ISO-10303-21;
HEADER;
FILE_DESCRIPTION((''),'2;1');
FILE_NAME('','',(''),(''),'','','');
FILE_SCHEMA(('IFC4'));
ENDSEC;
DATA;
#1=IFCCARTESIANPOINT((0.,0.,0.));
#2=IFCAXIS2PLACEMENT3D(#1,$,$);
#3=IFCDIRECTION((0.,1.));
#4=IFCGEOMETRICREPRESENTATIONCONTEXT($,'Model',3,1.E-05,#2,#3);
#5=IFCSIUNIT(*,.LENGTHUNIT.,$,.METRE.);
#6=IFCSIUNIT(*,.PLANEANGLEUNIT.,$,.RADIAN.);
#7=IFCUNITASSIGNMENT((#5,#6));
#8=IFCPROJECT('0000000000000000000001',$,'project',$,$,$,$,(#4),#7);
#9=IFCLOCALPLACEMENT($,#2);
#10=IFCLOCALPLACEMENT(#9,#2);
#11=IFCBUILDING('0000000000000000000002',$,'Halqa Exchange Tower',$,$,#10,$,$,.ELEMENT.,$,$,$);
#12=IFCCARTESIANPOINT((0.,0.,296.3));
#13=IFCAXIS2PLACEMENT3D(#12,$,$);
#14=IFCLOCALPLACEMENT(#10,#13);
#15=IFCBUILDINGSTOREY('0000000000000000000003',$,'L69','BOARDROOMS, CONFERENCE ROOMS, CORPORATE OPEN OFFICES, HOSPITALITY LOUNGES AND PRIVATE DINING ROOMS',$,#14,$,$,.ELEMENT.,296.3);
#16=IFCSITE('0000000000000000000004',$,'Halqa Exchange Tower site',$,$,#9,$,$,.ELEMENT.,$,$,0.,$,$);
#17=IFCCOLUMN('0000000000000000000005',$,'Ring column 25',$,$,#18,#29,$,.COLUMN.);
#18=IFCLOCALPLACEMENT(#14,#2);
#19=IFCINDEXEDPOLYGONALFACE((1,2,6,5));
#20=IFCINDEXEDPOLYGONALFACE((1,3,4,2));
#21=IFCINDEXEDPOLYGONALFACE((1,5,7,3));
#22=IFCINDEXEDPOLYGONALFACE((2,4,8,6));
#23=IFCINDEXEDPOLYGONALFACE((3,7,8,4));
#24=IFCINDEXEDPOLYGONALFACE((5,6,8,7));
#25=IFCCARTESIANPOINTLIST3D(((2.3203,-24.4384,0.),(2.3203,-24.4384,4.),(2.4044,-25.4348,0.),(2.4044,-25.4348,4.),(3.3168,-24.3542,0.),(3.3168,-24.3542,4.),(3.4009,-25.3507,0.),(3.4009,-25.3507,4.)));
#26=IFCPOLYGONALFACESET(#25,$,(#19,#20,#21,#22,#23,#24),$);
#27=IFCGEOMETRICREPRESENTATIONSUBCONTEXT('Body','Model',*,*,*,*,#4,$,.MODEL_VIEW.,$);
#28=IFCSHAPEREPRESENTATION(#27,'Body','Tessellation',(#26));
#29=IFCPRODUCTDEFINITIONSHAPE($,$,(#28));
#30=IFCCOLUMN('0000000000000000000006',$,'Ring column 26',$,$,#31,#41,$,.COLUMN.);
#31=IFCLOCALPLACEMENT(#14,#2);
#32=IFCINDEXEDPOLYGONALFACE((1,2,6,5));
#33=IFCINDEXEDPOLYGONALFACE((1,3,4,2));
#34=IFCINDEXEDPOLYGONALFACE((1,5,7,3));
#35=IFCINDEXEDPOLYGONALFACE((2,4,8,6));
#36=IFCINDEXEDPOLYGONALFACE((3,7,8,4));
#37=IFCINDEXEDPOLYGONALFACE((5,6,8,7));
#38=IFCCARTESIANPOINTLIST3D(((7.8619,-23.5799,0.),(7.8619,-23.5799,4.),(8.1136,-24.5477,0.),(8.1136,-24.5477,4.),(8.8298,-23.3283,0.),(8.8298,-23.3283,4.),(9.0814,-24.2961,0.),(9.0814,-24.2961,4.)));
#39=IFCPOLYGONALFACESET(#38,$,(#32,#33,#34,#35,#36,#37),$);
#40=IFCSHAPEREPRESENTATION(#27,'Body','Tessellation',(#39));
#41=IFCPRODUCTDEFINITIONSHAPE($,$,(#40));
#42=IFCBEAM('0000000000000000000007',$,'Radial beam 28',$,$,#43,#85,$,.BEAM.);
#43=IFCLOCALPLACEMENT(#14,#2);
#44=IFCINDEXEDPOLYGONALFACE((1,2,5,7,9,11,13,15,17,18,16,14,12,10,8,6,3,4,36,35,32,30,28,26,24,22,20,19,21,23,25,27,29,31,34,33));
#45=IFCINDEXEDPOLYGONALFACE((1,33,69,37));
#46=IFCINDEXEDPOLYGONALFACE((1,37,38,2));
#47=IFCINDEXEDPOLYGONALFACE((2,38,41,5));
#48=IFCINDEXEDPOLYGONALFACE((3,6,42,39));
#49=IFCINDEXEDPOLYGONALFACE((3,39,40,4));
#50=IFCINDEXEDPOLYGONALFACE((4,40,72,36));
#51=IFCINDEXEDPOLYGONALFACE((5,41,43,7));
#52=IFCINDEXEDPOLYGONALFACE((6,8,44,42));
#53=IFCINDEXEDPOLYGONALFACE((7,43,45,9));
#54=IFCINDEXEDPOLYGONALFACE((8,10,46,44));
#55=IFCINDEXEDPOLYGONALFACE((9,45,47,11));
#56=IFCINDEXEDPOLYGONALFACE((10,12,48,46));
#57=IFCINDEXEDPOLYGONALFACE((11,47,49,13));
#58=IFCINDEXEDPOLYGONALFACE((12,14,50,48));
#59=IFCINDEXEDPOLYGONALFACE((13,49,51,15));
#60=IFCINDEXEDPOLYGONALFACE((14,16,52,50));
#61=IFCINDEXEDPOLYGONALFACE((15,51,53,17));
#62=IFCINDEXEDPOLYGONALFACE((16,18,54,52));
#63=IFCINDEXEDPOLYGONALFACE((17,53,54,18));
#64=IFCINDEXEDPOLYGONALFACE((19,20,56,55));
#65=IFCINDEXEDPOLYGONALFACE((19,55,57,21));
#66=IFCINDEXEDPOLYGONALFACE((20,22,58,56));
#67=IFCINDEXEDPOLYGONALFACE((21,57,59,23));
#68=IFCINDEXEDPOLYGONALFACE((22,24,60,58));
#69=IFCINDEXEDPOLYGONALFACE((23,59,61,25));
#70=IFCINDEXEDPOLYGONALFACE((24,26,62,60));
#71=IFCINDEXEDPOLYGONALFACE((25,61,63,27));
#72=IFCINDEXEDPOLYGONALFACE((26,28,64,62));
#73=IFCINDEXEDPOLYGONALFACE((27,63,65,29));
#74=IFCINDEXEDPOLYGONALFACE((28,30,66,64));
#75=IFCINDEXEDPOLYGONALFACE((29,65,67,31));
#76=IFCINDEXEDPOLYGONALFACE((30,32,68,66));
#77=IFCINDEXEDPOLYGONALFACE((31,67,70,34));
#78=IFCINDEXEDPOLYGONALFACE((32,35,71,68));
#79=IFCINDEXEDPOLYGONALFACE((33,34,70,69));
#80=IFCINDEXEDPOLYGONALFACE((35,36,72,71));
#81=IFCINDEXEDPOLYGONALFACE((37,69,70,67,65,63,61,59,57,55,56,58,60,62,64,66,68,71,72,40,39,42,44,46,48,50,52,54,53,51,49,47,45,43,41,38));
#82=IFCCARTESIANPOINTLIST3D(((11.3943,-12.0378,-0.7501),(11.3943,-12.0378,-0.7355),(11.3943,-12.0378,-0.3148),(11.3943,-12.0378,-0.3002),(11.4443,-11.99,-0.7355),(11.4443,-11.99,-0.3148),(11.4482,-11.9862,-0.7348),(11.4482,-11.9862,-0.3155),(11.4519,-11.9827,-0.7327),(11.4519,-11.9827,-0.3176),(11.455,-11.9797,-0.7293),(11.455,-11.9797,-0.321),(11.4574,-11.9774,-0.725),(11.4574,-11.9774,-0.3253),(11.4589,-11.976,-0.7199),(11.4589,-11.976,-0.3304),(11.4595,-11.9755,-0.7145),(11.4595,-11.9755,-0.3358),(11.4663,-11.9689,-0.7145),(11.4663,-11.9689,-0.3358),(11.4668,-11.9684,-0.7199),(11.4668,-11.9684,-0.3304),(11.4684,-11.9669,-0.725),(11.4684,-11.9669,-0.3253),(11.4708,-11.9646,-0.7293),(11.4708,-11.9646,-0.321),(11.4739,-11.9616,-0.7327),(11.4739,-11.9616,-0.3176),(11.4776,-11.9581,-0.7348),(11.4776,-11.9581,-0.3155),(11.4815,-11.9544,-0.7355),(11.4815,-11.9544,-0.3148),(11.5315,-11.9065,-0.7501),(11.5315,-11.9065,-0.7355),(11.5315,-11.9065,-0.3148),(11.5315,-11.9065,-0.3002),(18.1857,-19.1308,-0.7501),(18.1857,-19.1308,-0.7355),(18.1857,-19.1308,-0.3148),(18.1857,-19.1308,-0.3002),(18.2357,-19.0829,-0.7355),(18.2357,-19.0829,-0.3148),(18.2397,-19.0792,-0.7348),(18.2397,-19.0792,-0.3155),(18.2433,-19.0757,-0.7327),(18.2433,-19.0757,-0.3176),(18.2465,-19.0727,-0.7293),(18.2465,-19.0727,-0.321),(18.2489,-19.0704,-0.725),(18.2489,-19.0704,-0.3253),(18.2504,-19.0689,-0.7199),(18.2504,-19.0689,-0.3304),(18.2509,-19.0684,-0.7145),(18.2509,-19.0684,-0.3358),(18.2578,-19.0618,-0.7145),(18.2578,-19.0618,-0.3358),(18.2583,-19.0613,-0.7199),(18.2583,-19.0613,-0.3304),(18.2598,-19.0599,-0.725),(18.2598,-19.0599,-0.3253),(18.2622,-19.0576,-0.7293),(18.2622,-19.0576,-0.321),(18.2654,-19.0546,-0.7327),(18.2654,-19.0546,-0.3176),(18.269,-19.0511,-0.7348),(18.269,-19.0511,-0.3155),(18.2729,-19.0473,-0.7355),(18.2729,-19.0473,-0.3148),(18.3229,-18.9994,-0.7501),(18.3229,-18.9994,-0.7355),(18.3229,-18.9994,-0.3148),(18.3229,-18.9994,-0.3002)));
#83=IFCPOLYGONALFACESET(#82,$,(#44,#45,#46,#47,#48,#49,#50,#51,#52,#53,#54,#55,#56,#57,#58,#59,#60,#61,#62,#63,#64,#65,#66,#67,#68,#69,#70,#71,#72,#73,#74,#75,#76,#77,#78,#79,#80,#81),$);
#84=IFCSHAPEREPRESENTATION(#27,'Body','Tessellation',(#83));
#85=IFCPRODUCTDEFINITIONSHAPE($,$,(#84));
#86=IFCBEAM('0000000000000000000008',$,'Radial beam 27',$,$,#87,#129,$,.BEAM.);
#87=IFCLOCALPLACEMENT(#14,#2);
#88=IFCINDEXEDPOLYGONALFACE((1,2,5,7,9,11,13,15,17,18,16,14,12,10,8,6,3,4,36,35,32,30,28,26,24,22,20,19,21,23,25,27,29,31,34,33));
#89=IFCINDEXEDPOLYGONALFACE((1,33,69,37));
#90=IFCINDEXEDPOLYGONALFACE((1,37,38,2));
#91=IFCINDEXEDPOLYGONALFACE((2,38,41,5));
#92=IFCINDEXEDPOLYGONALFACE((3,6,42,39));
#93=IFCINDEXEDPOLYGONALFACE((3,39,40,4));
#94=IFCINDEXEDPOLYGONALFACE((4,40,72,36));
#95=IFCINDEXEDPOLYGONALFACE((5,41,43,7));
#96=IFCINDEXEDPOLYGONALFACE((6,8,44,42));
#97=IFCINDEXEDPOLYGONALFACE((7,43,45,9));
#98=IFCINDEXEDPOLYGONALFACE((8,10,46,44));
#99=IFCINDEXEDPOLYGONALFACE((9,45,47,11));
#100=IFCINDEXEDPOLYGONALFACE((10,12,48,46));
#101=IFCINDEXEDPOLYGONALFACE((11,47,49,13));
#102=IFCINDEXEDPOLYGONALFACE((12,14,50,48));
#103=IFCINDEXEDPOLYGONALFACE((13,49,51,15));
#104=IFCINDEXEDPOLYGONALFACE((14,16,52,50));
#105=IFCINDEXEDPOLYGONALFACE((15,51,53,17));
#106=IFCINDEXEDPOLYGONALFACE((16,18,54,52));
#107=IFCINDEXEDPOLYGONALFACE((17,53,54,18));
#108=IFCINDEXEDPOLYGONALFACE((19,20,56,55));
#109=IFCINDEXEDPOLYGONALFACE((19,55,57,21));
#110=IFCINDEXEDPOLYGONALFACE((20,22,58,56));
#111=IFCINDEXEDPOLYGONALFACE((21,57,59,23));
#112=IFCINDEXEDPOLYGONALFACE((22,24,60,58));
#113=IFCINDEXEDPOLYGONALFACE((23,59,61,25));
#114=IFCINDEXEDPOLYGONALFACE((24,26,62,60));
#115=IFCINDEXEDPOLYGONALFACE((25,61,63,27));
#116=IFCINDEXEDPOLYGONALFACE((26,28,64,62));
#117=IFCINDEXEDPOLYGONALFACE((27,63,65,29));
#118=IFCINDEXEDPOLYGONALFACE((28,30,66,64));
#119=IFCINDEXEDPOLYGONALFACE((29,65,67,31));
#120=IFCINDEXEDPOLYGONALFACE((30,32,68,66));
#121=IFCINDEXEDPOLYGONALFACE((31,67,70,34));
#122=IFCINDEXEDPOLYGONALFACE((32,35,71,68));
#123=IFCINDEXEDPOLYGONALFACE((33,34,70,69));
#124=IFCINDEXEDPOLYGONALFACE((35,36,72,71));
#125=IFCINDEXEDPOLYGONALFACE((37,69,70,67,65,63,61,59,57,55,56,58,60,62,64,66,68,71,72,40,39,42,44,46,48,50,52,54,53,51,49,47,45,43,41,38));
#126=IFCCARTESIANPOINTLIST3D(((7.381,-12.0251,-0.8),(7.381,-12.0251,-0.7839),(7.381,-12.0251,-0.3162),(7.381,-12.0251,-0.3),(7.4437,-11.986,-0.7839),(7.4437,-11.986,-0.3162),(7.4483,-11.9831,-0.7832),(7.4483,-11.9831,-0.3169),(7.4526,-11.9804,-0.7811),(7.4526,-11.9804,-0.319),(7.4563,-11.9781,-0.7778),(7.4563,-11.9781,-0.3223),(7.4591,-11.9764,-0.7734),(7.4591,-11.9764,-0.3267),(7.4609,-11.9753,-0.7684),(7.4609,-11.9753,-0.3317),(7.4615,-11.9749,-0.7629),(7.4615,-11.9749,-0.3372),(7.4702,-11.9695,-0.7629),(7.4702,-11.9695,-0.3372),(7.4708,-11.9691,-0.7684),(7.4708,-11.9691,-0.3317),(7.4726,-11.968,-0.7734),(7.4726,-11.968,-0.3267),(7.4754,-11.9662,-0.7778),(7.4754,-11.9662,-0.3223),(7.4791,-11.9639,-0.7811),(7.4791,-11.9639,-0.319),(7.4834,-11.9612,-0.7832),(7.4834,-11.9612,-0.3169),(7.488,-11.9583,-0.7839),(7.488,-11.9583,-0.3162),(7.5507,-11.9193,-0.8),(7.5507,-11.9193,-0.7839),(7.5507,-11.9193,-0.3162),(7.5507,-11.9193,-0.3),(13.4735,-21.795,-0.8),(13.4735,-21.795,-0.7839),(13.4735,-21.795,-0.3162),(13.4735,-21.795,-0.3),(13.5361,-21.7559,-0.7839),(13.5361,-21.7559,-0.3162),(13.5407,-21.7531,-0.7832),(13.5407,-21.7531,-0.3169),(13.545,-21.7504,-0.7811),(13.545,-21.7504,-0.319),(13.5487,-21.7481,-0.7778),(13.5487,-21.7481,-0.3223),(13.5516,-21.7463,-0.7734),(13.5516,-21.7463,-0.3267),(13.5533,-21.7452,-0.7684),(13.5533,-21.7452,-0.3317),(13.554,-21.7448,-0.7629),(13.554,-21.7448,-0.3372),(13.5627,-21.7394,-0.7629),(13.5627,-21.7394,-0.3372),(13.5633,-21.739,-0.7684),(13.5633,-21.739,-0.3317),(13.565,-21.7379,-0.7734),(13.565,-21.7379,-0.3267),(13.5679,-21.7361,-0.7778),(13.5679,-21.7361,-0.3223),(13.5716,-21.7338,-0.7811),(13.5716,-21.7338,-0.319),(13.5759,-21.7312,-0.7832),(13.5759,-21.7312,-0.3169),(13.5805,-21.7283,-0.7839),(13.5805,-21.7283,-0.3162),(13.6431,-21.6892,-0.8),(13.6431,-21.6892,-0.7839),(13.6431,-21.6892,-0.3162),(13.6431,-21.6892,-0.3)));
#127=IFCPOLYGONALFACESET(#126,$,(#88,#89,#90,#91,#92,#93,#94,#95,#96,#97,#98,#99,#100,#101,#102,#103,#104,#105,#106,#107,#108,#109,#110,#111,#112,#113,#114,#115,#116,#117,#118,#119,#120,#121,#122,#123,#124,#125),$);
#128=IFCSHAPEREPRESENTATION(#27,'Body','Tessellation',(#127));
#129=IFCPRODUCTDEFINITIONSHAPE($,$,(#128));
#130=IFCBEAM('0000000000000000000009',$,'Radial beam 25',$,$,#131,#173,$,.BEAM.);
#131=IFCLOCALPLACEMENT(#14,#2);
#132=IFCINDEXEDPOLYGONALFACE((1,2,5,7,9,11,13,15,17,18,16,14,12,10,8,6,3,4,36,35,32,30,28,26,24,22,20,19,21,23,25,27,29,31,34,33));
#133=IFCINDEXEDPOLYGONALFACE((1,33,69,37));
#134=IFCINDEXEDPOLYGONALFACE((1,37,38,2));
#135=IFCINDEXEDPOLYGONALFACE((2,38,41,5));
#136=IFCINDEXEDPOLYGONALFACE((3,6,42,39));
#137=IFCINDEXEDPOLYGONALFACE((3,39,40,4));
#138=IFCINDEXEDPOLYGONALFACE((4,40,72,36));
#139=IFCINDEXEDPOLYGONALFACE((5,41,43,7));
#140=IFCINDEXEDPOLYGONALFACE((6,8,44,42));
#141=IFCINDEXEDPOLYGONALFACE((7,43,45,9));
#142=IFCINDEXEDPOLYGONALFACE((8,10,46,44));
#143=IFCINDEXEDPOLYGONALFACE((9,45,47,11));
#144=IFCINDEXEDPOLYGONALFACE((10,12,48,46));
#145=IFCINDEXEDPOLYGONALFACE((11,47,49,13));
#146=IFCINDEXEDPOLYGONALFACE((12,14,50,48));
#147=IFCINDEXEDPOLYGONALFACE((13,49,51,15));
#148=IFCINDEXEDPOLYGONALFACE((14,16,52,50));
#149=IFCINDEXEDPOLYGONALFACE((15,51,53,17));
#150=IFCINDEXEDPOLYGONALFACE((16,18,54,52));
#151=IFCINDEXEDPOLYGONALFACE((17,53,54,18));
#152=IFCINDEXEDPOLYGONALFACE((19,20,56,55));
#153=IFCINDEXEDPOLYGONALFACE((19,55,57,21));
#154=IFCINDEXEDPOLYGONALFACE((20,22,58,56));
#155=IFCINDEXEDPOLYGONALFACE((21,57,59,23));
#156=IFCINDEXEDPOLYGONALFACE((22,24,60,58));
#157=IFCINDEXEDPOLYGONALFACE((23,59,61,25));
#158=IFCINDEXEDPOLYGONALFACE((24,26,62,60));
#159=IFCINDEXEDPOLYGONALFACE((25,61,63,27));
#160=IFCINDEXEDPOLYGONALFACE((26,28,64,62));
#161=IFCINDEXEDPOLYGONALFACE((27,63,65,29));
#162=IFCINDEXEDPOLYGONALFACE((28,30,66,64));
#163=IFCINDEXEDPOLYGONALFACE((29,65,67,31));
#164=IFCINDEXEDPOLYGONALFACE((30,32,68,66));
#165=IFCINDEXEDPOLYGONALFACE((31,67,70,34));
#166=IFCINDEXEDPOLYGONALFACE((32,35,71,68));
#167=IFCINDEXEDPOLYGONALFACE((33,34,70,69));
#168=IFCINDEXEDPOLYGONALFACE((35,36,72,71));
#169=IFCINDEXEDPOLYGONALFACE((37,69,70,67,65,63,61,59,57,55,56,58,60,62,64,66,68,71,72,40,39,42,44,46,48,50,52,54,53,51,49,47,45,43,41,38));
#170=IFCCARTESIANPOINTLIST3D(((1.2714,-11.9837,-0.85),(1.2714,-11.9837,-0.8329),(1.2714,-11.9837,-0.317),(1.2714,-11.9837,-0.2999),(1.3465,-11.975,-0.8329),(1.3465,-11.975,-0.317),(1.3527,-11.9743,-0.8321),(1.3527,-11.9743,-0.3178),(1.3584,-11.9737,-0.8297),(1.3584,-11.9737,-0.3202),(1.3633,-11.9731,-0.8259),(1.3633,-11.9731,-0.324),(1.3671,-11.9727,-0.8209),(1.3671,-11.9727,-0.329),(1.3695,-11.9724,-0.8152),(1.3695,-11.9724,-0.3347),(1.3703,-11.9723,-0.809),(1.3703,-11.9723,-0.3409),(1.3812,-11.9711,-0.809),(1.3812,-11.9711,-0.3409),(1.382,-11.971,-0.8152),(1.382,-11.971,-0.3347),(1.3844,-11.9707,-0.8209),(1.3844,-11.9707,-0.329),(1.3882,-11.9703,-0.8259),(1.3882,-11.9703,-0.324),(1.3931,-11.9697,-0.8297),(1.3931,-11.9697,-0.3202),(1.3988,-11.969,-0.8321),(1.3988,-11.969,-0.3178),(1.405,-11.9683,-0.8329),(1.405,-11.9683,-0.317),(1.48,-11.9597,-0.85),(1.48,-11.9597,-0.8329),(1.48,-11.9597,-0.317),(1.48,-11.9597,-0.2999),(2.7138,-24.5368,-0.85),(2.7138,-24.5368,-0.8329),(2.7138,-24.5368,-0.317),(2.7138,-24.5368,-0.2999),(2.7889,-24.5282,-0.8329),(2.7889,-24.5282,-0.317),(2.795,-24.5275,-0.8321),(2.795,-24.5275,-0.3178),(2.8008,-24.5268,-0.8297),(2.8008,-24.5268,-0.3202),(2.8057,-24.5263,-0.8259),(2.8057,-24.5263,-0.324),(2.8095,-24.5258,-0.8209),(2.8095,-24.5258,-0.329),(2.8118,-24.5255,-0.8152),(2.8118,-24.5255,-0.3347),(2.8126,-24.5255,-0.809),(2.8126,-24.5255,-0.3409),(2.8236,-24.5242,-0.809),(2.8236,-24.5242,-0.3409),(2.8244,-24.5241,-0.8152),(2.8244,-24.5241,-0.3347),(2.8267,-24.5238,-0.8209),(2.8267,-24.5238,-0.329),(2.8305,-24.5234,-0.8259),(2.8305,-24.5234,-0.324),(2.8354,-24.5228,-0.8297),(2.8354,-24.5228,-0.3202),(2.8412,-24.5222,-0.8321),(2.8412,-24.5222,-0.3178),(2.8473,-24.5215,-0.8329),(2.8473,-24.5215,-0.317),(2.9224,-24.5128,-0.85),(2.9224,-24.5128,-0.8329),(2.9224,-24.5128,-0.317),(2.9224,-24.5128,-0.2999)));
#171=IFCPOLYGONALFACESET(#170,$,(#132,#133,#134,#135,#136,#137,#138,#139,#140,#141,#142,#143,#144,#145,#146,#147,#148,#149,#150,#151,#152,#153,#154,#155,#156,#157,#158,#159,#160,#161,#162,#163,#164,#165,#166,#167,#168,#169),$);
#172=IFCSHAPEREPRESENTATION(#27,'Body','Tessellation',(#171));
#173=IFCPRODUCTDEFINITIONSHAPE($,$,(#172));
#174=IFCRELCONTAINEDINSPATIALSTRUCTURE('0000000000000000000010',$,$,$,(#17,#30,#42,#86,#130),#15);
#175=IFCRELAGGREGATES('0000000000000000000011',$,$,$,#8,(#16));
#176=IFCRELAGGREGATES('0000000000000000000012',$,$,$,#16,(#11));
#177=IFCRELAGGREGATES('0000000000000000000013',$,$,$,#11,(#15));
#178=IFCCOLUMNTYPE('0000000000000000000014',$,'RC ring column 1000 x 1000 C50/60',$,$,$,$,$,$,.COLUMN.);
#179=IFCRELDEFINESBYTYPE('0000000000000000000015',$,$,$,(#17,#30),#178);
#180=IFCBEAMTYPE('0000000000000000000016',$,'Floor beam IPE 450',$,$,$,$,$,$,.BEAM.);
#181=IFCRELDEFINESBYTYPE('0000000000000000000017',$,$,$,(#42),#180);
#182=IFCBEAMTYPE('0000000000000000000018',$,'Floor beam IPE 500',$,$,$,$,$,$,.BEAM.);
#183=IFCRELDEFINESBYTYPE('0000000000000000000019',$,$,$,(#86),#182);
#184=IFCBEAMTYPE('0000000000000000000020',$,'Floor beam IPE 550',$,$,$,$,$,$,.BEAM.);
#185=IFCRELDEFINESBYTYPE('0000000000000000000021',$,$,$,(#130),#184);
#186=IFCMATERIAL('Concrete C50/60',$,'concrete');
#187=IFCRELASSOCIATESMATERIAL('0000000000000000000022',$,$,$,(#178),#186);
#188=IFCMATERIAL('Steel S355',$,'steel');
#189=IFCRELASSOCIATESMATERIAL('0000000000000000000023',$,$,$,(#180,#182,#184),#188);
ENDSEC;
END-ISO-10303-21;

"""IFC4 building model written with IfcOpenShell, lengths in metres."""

from ifc_helpers import new_model, si_unit, direction, frame, origin, origin_2d, place, context, subcontext, project, spatial, rectangle, i_section, extrude, material, material_profile, profile_set, type_object, element, save


model = new_model("IFC4")

# Units and contexts
model_context = context("Model", 3, precision=1e-05, world=origin(), true_north=direction((0.0, 1.0)))
body_context = subcontext(model_context, "Body", "Model", "MODEL_VIEW")
ifc_project = project(units=[si_unit("LENGTHUNIT", "METRE"), si_unit("PLANEANGLEUNIT", "RADIAN")], contexts=[model_context])

# Site, building, storey
site_placement = place(None, origin())
site = spatial("IfcSite", under=ifc_project, at=site_placement, Name="Halqa Exchange Tower site", CompositionType="ELEMENT", RefElevation=0.0)
building_placement = place(site_placement, origin())
building = spatial("IfcBuilding", under=site, at=building_placement, Name="Halqa Exchange Tower", CompositionType="ELEMENT")
storey_placement = place(building_placement, frame((0.0, 0.0, 296.3)))
storey = spatial("IfcBuildingStorey", under=building, at=storey_placement, Name="L69", Description="BOARDROOMS, CONFERENCE ROOMS, CORPORATE OPEN OFFICES, HOSPITALITY LOUNGES AND PRIVATE DINING ROOMS", CompositionType="ELEMENT", Elevation=296.3)

# Columns
ifc_material_1 = material(Name="Concrete C50/60", Category="concrete")
ifc_material_profile_1 = material_profile(ifc_material_1, rectangle(XDim=1.0, YDim=1.0, at=origin_2d()), Name="1000 x 1000")
ifc_profile_set_1 = profile_set([ifc_material_profile_1], Name="Concrete C50/60")
column_type = type_object("IfcColumnType", Name="RC ring column 1000 x 1000 C50/60", PredefinedType="COLUMN", material=ifc_profile_set_1)
for number, where, z_axis, x_axis, name in (
    (1, (2.8606, -24.8945, 0.0), (0.0, 0.0, 1.0), (0.996456, 0.084114, 0.0), "Ring column 25"),
    (2, (8.4717, -23.938, 0.0), (0.0, 0.0, 1.0), (0.967821, 0.251639, 0.0), "Ring column 26"),
):
    element("IfcColumn", number, at=place(storey_placement, frame(where, z_axis=z_axis, x_axis=x_axis)), inside=storey, type_object=column_type, Name=name, PredefinedType="COLUMN", context=body_context, shape_type="SweptSolid", body=[
        extrude(rectangle(XDim=1.0, YDim=1.0, at=origin_2d()), origin(), (0.0, 0.0, 1.0), 4.0),
    ])

# Beams
ifc_material_2 = material(Name="Steel S355", Category="steel")
ifc_material_profile_2 = material_profile(ifc_material_2, i_section(OverallWidth=0.1899, OverallDepth=0.45, WebThickness=0.0095, FlangeThickness=0.0146, FilletRadius=0.021, at=origin_2d()), Name="IPE 450")
ifc_profile_set_2 = profile_set([ifc_material_profile_2], Name="Steel S355")
beam_type_1 = type_object("IfcBeamType", Name="Floor beam IPE 450", PredefinedType="BEAM", material=ifc_profile_set_2)
beam_1_placement = place(storey_placement, frame((11.4629, -11.9722, -0.5251), z_axis=(0.691588, -0.722292, 0.0), x_axis=(0.722292, 0.691588, 0.0)))
element("IfcBeam", 3, at=beam_1_placement, inside=storey, type_object=beam_type_1, Name="Radial beam 28", PredefinedType="BEAM", context=body_context, shape_type="SweptSolid", body=[
    extrude(i_section(OverallWidth=0.1899, OverallDepth=0.45, WebThickness=0.0095, FlangeThickness=0.0146, FilletRadius=0.021, at=origin_2d()), origin(), (0.0, 0.0, 1.0), 9.8201),
])
ifc_material_profile_3 = material_profile(ifc_material_2, i_section(OverallWidth=0.2, OverallDepth=0.5, WebThickness=0.0103, FlangeThickness=0.0161, FilletRadius=0.021, at=origin_2d()), Name="IPE 500")
ifc_profile_set_3 = profile_set([ifc_material_profile_3], Name="Steel S355")
beam_type_2 = type_object("IfcBeamType", Name="Floor beam IPE 500", PredefinedType="BEAM", material=ifc_profile_set_3)
beam_2_placement = place(storey_placement, frame((7.4658, -11.9722, -0.55), z_axis=(0.529141, -0.848534, 0.0), x_axis=(0.848534, 0.529141, 0.0)))
element("IfcBeam", 4, at=beam_2_placement, inside=storey, type_object=beam_type_2, Name="Radial beam 27", PredefinedType="BEAM", context=body_context, shape_type="SweptSolid", body=[
    extrude(i_section(OverallWidth=0.2, OverallDepth=0.5, WebThickness=0.0103, FlangeThickness=0.0161, FilletRadius=0.021, at=origin_2d()), origin(), (0.0, 0.0, 1.0), 11.5139),
])
ifc_material_profile_4 = material_profile(ifc_material_2, i_section(OverallWidth=0.21, OverallDepth=0.55, WebThickness=0.011, FlangeThickness=0.0171, FilletRadius=0.0239, at=origin_2d()), Name="IPE 550")
ifc_profile_set_4 = profile_set([ifc_material_profile_4], Name="Steel S355")
beam_type_3 = type_object("IfcBeamType", Name="Floor beam IPE 550", PredefinedType="BEAM", material=ifc_profile_set_4)
beam_3_placement = place(storey_placement, frame((1.3757, -11.9717, -0.575), z_axis=(0.11415, -0.993463, 0.0), x_axis=(0.993463, 0.11415, 0.0)))
element("IfcBeam", 5, at=beam_3_placement, inside=storey, type_object=beam_type_3, Name="Radial beam 25", PredefinedType="BEAM", context=body_context, shape_type="SweptSolid", body=[
    extrude(i_section(OverallWidth=0.21, OverallDepth=0.55, WebThickness=0.011, FlangeThickness=0.0171, FilletRadius=0.0239, at=origin_2d()), origin(), (0.0, 0.0, 1.0), 12.6357),
])

save(model, "model.ifc")
